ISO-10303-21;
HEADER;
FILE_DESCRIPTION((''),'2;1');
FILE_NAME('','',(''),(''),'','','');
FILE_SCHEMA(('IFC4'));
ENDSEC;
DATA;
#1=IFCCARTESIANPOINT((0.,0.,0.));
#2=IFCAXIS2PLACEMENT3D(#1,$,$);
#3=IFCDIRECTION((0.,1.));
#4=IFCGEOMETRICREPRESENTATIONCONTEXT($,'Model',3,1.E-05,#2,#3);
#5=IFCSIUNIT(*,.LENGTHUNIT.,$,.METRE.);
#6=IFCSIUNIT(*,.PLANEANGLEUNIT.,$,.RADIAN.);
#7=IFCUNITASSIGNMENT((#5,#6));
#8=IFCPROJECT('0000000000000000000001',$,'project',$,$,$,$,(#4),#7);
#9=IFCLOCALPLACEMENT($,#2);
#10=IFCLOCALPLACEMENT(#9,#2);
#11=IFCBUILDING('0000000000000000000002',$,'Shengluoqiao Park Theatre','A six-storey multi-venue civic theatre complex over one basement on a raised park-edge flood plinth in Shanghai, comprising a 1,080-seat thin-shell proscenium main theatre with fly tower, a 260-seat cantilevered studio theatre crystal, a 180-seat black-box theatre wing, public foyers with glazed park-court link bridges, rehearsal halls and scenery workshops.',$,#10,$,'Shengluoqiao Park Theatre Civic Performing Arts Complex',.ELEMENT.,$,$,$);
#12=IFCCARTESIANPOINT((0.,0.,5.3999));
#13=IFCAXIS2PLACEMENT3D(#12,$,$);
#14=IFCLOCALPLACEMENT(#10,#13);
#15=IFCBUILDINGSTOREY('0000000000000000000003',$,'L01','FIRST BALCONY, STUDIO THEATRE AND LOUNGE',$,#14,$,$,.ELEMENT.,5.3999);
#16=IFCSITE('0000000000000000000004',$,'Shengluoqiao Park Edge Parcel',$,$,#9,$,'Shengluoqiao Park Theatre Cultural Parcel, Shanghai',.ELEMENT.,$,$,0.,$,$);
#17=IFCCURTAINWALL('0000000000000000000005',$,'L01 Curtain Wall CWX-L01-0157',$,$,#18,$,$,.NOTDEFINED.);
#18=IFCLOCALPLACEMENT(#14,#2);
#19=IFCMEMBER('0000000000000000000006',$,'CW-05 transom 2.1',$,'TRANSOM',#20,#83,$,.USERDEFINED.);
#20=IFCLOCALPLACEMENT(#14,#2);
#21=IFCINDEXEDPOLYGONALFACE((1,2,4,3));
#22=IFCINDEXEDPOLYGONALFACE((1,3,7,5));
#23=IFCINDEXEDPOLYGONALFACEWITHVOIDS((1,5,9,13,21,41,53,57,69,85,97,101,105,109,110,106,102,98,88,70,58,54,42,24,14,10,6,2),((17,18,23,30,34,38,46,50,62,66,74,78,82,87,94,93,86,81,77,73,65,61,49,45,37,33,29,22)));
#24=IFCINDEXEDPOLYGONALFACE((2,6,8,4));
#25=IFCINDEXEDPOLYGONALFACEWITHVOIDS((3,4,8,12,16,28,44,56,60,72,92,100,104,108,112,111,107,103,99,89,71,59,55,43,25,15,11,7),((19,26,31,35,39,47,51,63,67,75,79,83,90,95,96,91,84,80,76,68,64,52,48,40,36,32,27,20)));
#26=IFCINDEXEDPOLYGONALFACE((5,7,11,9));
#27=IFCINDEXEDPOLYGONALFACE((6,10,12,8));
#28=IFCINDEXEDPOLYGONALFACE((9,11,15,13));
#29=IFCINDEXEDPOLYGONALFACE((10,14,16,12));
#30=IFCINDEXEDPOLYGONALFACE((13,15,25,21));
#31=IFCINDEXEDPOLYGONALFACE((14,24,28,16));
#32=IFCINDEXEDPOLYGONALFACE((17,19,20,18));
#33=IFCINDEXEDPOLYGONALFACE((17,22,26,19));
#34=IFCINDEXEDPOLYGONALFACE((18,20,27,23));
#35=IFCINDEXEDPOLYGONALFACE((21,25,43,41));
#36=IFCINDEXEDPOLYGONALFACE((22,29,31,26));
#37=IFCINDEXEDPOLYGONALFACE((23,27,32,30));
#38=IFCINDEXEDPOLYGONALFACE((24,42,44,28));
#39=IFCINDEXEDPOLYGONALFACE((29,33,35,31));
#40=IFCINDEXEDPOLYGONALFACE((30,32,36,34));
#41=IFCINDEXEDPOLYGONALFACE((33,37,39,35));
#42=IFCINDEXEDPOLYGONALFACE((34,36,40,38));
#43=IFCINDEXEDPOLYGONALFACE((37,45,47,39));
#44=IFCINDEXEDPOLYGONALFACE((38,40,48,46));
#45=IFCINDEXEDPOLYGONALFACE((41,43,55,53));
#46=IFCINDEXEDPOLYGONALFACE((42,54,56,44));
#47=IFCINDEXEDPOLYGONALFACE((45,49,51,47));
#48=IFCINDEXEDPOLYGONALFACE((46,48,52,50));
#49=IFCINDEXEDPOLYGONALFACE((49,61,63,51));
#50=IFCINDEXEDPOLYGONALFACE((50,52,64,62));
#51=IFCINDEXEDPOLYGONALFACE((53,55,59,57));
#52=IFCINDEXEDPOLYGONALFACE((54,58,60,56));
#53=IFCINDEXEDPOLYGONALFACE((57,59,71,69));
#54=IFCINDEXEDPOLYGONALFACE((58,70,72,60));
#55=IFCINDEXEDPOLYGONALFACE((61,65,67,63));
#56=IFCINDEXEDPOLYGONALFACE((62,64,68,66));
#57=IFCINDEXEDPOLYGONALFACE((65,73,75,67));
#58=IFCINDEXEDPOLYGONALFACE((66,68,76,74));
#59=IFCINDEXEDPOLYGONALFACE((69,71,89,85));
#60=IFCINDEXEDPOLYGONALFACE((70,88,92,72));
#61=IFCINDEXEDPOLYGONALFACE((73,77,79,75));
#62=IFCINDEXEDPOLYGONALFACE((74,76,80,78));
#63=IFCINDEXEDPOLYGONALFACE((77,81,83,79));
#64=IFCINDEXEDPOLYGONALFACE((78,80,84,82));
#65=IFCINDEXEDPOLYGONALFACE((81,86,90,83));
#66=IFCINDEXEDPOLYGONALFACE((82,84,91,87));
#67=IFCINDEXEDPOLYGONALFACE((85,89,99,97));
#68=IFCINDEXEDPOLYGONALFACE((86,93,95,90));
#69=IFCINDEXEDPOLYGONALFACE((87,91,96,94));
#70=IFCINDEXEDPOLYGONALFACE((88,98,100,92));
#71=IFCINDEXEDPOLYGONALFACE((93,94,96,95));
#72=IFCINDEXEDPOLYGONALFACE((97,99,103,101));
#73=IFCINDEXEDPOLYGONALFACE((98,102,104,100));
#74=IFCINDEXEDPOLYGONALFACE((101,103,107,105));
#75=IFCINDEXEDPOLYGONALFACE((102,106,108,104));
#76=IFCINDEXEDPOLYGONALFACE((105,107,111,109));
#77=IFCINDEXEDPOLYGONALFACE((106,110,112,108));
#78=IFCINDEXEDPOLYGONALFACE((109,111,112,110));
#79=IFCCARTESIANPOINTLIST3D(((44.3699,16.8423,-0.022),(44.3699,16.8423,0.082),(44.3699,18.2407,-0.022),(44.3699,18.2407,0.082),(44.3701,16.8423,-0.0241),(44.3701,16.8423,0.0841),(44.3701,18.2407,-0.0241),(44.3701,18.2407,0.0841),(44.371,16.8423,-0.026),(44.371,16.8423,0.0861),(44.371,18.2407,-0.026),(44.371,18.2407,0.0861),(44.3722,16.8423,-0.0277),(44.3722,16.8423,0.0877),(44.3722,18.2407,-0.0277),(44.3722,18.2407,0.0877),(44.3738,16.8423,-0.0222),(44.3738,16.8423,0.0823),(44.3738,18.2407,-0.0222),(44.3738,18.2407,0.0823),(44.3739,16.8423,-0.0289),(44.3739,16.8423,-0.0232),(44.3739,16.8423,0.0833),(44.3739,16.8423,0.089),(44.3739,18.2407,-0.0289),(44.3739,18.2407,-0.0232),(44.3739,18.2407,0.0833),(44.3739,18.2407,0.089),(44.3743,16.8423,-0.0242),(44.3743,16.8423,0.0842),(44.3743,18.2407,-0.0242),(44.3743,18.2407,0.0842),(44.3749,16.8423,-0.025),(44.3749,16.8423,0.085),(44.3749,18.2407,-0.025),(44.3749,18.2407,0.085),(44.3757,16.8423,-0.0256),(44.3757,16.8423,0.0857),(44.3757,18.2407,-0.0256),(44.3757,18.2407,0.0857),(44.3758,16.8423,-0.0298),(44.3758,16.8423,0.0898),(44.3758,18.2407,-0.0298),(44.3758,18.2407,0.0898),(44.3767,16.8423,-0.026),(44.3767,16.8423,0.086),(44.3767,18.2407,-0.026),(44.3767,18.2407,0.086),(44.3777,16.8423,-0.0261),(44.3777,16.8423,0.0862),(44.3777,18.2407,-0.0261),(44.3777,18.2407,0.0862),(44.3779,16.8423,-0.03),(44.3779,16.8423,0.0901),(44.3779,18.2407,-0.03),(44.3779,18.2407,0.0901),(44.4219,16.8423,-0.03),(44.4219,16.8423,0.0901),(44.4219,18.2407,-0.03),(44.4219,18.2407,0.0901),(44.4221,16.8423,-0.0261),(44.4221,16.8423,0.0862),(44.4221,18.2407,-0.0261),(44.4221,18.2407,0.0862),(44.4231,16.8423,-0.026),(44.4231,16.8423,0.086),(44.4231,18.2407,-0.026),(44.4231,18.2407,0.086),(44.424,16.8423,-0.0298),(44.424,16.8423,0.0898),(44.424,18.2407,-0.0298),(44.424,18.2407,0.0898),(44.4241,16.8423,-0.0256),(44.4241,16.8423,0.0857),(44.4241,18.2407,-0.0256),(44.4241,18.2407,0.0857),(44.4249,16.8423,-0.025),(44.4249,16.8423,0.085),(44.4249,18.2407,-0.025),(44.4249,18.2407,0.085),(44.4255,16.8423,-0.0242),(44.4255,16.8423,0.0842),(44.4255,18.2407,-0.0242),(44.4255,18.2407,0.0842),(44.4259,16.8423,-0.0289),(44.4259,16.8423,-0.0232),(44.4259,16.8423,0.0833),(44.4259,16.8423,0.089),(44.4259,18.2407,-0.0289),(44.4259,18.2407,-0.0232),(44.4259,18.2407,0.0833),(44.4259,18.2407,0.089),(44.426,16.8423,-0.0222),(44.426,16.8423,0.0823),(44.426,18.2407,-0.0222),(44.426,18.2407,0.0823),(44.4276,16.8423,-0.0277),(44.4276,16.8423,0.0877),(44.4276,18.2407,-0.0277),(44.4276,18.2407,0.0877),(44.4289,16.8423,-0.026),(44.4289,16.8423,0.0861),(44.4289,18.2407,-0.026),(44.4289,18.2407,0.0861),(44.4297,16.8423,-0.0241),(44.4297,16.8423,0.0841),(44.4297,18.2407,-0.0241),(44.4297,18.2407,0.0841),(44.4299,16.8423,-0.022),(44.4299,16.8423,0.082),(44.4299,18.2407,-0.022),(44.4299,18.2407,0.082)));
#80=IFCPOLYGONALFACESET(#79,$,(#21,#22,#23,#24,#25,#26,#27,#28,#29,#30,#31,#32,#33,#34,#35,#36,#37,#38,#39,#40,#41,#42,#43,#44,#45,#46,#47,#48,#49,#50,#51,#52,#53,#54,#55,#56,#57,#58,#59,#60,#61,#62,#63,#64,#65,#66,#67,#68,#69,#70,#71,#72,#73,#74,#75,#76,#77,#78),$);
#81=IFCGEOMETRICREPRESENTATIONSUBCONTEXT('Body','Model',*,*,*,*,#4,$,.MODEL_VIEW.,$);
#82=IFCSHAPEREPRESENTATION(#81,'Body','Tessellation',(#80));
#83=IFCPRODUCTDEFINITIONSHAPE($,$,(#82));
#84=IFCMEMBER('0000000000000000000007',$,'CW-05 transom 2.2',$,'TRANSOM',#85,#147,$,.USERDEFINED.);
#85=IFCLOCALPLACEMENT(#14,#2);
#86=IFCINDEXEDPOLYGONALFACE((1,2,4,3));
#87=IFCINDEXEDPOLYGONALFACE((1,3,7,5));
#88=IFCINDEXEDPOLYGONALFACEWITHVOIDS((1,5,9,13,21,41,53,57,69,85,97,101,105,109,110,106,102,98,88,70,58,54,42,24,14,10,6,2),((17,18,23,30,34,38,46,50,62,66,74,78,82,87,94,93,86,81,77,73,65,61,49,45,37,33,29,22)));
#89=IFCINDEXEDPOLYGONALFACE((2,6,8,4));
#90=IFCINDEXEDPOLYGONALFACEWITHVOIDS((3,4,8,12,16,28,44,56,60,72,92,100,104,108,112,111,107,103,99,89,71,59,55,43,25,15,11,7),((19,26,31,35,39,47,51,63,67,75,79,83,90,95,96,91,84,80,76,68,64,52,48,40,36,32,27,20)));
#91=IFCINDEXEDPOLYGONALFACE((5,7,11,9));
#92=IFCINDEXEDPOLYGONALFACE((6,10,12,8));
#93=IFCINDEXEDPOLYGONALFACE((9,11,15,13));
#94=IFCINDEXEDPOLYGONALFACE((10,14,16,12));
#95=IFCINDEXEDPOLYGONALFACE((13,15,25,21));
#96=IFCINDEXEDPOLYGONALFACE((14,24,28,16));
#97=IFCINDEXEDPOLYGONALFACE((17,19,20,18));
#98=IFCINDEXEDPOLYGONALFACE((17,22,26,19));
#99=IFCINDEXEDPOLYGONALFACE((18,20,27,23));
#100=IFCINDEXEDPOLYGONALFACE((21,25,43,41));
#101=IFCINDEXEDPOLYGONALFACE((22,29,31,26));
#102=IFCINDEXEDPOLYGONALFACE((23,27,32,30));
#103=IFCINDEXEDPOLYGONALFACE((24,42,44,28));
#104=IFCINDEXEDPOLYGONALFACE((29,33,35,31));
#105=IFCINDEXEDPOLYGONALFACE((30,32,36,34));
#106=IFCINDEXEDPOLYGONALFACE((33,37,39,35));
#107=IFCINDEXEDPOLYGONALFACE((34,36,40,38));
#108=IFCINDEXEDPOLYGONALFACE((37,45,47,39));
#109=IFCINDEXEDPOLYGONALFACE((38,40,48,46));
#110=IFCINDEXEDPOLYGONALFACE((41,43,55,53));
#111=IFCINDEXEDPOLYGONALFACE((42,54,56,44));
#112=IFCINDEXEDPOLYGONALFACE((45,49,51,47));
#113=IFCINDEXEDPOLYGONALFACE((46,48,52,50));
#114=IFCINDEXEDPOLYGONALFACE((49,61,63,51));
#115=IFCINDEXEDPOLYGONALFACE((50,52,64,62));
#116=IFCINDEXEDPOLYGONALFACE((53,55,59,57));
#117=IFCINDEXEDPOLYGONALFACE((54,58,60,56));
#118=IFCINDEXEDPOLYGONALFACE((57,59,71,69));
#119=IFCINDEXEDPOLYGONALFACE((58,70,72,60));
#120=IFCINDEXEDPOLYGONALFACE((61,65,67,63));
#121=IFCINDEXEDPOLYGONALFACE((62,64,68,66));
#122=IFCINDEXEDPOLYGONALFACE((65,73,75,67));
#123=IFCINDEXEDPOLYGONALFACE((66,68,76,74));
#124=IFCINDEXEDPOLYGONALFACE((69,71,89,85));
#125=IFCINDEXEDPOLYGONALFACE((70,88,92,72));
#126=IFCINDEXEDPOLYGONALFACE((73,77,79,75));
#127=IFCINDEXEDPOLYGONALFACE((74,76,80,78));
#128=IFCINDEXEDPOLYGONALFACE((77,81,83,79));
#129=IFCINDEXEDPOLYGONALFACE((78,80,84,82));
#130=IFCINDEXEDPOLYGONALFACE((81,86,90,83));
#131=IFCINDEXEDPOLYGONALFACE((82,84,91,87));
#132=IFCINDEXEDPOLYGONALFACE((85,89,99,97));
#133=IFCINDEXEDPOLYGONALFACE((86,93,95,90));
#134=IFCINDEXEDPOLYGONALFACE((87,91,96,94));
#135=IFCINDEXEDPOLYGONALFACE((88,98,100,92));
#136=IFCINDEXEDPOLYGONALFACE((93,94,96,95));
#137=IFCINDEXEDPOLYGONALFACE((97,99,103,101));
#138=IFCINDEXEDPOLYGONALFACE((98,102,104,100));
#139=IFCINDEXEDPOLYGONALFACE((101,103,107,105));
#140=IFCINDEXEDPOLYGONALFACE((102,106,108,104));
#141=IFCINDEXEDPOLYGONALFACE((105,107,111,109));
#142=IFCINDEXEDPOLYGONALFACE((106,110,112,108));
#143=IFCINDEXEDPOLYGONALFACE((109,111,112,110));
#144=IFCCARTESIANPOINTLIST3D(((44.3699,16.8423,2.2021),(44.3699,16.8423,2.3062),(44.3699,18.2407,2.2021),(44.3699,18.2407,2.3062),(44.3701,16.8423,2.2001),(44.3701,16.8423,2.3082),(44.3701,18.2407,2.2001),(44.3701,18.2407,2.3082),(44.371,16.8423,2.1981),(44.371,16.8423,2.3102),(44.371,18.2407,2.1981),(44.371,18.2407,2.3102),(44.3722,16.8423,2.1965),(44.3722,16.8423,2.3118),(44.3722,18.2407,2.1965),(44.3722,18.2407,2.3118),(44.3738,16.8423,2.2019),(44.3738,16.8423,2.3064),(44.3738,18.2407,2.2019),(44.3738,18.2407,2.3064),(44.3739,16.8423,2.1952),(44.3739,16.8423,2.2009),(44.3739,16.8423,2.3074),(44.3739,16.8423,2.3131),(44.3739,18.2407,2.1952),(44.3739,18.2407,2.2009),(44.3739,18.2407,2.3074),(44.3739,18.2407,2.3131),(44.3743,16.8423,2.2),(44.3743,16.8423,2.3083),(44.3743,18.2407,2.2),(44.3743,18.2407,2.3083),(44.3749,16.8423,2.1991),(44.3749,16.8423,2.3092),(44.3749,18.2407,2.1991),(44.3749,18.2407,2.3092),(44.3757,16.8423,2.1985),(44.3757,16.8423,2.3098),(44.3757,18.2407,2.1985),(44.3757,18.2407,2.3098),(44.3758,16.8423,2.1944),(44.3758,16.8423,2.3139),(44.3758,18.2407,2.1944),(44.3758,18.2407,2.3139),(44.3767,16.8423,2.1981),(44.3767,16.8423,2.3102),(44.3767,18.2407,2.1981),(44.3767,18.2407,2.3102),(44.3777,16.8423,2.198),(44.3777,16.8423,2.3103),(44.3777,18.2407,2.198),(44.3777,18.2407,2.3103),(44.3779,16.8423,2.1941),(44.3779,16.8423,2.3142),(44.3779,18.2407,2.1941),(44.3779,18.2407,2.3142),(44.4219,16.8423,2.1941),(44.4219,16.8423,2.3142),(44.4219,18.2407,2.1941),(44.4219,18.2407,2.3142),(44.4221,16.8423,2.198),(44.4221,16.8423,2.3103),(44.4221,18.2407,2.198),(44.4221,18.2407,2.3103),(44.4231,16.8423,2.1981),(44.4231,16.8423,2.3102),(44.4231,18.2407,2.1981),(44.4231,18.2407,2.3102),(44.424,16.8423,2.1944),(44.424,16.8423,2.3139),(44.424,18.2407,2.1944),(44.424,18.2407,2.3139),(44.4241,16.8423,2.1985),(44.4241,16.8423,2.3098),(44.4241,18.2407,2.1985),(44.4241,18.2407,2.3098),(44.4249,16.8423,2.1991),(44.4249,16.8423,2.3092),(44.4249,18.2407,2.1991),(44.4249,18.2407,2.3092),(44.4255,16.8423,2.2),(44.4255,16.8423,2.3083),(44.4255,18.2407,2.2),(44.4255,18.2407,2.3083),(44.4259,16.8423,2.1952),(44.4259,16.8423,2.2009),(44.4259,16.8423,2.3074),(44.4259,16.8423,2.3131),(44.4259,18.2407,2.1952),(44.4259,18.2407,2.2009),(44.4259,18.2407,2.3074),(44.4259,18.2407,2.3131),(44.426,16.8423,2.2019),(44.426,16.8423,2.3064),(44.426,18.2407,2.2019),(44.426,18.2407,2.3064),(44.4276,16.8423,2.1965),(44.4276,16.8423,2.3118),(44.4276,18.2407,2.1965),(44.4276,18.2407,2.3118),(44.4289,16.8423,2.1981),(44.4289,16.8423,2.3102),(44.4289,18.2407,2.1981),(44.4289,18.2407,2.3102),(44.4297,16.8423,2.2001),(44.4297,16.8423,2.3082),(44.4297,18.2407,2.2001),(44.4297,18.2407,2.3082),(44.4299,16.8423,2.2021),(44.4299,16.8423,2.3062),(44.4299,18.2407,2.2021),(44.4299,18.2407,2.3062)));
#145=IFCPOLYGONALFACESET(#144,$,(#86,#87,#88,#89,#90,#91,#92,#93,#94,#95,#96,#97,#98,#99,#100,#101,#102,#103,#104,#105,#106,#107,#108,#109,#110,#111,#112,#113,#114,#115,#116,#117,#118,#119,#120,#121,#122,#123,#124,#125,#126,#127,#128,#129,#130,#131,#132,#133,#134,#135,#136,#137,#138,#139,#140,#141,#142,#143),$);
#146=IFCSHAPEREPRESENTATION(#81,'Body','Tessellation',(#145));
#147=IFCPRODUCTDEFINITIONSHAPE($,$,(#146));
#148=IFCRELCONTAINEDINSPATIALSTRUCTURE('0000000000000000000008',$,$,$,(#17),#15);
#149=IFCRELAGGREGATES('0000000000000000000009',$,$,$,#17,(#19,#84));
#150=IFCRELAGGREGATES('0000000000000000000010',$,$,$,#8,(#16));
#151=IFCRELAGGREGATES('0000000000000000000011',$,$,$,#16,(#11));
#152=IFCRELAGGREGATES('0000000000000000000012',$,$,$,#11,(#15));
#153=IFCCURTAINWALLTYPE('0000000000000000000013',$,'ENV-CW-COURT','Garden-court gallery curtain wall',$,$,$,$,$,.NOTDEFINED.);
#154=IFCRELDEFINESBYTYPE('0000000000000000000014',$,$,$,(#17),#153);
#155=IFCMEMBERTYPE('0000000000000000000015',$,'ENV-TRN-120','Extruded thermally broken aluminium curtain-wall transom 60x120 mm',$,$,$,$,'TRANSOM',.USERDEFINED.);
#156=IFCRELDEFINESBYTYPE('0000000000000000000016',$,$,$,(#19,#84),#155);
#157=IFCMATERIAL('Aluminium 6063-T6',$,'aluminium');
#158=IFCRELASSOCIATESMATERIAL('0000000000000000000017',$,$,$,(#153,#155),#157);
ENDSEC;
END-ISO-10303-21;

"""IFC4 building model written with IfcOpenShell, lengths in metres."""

from ifc_helpers import new_model, si_unit, direction, frame, origin, origin_2d, place, context, subcontext, project, spatial, hollow_rectangle, extrude, material, material_profile, profile_set, type_object, element, aggregate, save


model = new_model("IFC4")

# Units and contexts
model_context = context("Model", 3, precision=1e-05, world=origin(), true_north=direction((0.0, 1.0)))
body_context = subcontext(model_context, "Body", "Model", "MODEL_VIEW")
ifc_project = project(units=[si_unit("LENGTHUNIT", "METRE"), si_unit("PLANEANGLEUNIT", "RADIAN")], contexts=[model_context])

# Site, building, storey
site_placement = place(None, origin())
site = spatial("IfcSite", under=ifc_project, at=site_placement, Name="Shengluoqiao Park Edge Parcel", LongName="Shengluoqiao Park Theatre Cultural Parcel, Shanghai", CompositionType="ELEMENT", RefElevation=0.0)
building_placement = place(site_placement, origin())
building = spatial("IfcBuilding", under=site, at=building_placement, Name="Shengluoqiao Park Theatre", Description="A six-storey multi-venue civic theatre complex over one basement on a raised park-edge flood plinth in Shanghai, comprising a 1,080-seat thin-shell proscenium main theatre with fly tower, a 260-seat cantilevered studio theatre crystal, a 180-seat black-box theatre wing, public foyers with glazed park-court link bridges, rehearsal halls and scenery workshops.", LongName="Shengluoqiao Park Theatre Civic Performing Arts Complex", CompositionType="ELEMENT")
storey_placement = place(building_placement, frame((0.0, 0.0, 5.3999)))
storey = spatial("IfcBuildingStorey", under=building, at=storey_placement, Name="L01", Description="FIRST BALCONY, STUDIO THEATRE AND LOUNGE", CompositionType="ELEMENT", Elevation=5.3999)

# Curtain wall, members
ifc_material_1 = material(Name="Aluminium 6063-T6", Category="aluminium")
curtain_wall_type = type_object("IfcCurtainWallType", Name="ENV-CW-COURT", Description="Garden-court gallery curtain wall", PredefinedType="NOTDEFINED", material=ifc_material_1)
curtain_wall_placement = place(storey_placement, origin())
curtain_wall = element("IfcCurtainWall", 1, at=curtain_wall_placement, inside=storey, type_object=curtain_wall_type, Name="L01 Curtain Wall CWX-L01-0157", PredefinedType="NOTDEFINED")
ifc_material_profile_1 = material_profile(ifc_material_1, hollow_rectangle(XDim=0.0601, YDim=0.1201, WallThickness=0.0039, InnerFilletRadius=0.0039, OuterFilletRadius=0.0081, at=origin_2d()), Name="ALU TRANSOM 120x60x4")
ifc_profile_set_1 = profile_set([ifc_material_profile_1], Name="Aluminium 6063-T6")
member_type_1 = type_object("IfcMemberType", Name="ENV-TRN-120", Description="Extruded thermally broken aluminium curtain-wall transom 60x120 mm", ElementType="TRANSOM", PredefinedType="USERDEFINED", material=ifc_profile_set_1)
member_1_placement = place(storey_placement, frame((44.3999, 16.8423, 0.03), z_axis=(0.0, 1.0, 0.0), x_axis=(-1.0, 0.0, 0.0)))
member_1 = element("IfcMember", 2, at=member_1_placement, type_object=member_type_1, Name="CW-05 transom 2.1", ObjectType="TRANSOM", PredefinedType="USERDEFINED", context=body_context, shape_type="SweptSolid", body=[
    extrude(hollow_rectangle(XDim=0.0601, YDim=0.1201, WallThickness=0.0039, InnerFilletRadius=0.0039, OuterFilletRadius=0.0081, at=origin_2d()), origin(), (0.0, 0.0, 1.0), 1.3984),
])
member_2_placement = place(storey_placement, frame((44.3999, 16.8423, 2.2542), z_axis=(0.0, 1.0, 0.0), x_axis=(-1.0, 0.0, 0.0)))
member_2 = element("IfcMember", 3, at=member_2_placement, type_object=member_type_1, Name="CW-05 transom 2.2", ObjectType="TRANSOM", PredefinedType="USERDEFINED", context=body_context, shape_type="SweptSolid", body=[
    extrude(hollow_rectangle(XDim=0.0601, YDim=0.1201, WallThickness=0.0039, InnerFilletRadius=0.0039, OuterFilletRadius=0.0081, at=origin_2d()), origin(), (0.0, 0.0, 1.0), 1.3984),
])
aggregate(curtain_wall, [member_1, member_2])

save(model, "model.ifc")
